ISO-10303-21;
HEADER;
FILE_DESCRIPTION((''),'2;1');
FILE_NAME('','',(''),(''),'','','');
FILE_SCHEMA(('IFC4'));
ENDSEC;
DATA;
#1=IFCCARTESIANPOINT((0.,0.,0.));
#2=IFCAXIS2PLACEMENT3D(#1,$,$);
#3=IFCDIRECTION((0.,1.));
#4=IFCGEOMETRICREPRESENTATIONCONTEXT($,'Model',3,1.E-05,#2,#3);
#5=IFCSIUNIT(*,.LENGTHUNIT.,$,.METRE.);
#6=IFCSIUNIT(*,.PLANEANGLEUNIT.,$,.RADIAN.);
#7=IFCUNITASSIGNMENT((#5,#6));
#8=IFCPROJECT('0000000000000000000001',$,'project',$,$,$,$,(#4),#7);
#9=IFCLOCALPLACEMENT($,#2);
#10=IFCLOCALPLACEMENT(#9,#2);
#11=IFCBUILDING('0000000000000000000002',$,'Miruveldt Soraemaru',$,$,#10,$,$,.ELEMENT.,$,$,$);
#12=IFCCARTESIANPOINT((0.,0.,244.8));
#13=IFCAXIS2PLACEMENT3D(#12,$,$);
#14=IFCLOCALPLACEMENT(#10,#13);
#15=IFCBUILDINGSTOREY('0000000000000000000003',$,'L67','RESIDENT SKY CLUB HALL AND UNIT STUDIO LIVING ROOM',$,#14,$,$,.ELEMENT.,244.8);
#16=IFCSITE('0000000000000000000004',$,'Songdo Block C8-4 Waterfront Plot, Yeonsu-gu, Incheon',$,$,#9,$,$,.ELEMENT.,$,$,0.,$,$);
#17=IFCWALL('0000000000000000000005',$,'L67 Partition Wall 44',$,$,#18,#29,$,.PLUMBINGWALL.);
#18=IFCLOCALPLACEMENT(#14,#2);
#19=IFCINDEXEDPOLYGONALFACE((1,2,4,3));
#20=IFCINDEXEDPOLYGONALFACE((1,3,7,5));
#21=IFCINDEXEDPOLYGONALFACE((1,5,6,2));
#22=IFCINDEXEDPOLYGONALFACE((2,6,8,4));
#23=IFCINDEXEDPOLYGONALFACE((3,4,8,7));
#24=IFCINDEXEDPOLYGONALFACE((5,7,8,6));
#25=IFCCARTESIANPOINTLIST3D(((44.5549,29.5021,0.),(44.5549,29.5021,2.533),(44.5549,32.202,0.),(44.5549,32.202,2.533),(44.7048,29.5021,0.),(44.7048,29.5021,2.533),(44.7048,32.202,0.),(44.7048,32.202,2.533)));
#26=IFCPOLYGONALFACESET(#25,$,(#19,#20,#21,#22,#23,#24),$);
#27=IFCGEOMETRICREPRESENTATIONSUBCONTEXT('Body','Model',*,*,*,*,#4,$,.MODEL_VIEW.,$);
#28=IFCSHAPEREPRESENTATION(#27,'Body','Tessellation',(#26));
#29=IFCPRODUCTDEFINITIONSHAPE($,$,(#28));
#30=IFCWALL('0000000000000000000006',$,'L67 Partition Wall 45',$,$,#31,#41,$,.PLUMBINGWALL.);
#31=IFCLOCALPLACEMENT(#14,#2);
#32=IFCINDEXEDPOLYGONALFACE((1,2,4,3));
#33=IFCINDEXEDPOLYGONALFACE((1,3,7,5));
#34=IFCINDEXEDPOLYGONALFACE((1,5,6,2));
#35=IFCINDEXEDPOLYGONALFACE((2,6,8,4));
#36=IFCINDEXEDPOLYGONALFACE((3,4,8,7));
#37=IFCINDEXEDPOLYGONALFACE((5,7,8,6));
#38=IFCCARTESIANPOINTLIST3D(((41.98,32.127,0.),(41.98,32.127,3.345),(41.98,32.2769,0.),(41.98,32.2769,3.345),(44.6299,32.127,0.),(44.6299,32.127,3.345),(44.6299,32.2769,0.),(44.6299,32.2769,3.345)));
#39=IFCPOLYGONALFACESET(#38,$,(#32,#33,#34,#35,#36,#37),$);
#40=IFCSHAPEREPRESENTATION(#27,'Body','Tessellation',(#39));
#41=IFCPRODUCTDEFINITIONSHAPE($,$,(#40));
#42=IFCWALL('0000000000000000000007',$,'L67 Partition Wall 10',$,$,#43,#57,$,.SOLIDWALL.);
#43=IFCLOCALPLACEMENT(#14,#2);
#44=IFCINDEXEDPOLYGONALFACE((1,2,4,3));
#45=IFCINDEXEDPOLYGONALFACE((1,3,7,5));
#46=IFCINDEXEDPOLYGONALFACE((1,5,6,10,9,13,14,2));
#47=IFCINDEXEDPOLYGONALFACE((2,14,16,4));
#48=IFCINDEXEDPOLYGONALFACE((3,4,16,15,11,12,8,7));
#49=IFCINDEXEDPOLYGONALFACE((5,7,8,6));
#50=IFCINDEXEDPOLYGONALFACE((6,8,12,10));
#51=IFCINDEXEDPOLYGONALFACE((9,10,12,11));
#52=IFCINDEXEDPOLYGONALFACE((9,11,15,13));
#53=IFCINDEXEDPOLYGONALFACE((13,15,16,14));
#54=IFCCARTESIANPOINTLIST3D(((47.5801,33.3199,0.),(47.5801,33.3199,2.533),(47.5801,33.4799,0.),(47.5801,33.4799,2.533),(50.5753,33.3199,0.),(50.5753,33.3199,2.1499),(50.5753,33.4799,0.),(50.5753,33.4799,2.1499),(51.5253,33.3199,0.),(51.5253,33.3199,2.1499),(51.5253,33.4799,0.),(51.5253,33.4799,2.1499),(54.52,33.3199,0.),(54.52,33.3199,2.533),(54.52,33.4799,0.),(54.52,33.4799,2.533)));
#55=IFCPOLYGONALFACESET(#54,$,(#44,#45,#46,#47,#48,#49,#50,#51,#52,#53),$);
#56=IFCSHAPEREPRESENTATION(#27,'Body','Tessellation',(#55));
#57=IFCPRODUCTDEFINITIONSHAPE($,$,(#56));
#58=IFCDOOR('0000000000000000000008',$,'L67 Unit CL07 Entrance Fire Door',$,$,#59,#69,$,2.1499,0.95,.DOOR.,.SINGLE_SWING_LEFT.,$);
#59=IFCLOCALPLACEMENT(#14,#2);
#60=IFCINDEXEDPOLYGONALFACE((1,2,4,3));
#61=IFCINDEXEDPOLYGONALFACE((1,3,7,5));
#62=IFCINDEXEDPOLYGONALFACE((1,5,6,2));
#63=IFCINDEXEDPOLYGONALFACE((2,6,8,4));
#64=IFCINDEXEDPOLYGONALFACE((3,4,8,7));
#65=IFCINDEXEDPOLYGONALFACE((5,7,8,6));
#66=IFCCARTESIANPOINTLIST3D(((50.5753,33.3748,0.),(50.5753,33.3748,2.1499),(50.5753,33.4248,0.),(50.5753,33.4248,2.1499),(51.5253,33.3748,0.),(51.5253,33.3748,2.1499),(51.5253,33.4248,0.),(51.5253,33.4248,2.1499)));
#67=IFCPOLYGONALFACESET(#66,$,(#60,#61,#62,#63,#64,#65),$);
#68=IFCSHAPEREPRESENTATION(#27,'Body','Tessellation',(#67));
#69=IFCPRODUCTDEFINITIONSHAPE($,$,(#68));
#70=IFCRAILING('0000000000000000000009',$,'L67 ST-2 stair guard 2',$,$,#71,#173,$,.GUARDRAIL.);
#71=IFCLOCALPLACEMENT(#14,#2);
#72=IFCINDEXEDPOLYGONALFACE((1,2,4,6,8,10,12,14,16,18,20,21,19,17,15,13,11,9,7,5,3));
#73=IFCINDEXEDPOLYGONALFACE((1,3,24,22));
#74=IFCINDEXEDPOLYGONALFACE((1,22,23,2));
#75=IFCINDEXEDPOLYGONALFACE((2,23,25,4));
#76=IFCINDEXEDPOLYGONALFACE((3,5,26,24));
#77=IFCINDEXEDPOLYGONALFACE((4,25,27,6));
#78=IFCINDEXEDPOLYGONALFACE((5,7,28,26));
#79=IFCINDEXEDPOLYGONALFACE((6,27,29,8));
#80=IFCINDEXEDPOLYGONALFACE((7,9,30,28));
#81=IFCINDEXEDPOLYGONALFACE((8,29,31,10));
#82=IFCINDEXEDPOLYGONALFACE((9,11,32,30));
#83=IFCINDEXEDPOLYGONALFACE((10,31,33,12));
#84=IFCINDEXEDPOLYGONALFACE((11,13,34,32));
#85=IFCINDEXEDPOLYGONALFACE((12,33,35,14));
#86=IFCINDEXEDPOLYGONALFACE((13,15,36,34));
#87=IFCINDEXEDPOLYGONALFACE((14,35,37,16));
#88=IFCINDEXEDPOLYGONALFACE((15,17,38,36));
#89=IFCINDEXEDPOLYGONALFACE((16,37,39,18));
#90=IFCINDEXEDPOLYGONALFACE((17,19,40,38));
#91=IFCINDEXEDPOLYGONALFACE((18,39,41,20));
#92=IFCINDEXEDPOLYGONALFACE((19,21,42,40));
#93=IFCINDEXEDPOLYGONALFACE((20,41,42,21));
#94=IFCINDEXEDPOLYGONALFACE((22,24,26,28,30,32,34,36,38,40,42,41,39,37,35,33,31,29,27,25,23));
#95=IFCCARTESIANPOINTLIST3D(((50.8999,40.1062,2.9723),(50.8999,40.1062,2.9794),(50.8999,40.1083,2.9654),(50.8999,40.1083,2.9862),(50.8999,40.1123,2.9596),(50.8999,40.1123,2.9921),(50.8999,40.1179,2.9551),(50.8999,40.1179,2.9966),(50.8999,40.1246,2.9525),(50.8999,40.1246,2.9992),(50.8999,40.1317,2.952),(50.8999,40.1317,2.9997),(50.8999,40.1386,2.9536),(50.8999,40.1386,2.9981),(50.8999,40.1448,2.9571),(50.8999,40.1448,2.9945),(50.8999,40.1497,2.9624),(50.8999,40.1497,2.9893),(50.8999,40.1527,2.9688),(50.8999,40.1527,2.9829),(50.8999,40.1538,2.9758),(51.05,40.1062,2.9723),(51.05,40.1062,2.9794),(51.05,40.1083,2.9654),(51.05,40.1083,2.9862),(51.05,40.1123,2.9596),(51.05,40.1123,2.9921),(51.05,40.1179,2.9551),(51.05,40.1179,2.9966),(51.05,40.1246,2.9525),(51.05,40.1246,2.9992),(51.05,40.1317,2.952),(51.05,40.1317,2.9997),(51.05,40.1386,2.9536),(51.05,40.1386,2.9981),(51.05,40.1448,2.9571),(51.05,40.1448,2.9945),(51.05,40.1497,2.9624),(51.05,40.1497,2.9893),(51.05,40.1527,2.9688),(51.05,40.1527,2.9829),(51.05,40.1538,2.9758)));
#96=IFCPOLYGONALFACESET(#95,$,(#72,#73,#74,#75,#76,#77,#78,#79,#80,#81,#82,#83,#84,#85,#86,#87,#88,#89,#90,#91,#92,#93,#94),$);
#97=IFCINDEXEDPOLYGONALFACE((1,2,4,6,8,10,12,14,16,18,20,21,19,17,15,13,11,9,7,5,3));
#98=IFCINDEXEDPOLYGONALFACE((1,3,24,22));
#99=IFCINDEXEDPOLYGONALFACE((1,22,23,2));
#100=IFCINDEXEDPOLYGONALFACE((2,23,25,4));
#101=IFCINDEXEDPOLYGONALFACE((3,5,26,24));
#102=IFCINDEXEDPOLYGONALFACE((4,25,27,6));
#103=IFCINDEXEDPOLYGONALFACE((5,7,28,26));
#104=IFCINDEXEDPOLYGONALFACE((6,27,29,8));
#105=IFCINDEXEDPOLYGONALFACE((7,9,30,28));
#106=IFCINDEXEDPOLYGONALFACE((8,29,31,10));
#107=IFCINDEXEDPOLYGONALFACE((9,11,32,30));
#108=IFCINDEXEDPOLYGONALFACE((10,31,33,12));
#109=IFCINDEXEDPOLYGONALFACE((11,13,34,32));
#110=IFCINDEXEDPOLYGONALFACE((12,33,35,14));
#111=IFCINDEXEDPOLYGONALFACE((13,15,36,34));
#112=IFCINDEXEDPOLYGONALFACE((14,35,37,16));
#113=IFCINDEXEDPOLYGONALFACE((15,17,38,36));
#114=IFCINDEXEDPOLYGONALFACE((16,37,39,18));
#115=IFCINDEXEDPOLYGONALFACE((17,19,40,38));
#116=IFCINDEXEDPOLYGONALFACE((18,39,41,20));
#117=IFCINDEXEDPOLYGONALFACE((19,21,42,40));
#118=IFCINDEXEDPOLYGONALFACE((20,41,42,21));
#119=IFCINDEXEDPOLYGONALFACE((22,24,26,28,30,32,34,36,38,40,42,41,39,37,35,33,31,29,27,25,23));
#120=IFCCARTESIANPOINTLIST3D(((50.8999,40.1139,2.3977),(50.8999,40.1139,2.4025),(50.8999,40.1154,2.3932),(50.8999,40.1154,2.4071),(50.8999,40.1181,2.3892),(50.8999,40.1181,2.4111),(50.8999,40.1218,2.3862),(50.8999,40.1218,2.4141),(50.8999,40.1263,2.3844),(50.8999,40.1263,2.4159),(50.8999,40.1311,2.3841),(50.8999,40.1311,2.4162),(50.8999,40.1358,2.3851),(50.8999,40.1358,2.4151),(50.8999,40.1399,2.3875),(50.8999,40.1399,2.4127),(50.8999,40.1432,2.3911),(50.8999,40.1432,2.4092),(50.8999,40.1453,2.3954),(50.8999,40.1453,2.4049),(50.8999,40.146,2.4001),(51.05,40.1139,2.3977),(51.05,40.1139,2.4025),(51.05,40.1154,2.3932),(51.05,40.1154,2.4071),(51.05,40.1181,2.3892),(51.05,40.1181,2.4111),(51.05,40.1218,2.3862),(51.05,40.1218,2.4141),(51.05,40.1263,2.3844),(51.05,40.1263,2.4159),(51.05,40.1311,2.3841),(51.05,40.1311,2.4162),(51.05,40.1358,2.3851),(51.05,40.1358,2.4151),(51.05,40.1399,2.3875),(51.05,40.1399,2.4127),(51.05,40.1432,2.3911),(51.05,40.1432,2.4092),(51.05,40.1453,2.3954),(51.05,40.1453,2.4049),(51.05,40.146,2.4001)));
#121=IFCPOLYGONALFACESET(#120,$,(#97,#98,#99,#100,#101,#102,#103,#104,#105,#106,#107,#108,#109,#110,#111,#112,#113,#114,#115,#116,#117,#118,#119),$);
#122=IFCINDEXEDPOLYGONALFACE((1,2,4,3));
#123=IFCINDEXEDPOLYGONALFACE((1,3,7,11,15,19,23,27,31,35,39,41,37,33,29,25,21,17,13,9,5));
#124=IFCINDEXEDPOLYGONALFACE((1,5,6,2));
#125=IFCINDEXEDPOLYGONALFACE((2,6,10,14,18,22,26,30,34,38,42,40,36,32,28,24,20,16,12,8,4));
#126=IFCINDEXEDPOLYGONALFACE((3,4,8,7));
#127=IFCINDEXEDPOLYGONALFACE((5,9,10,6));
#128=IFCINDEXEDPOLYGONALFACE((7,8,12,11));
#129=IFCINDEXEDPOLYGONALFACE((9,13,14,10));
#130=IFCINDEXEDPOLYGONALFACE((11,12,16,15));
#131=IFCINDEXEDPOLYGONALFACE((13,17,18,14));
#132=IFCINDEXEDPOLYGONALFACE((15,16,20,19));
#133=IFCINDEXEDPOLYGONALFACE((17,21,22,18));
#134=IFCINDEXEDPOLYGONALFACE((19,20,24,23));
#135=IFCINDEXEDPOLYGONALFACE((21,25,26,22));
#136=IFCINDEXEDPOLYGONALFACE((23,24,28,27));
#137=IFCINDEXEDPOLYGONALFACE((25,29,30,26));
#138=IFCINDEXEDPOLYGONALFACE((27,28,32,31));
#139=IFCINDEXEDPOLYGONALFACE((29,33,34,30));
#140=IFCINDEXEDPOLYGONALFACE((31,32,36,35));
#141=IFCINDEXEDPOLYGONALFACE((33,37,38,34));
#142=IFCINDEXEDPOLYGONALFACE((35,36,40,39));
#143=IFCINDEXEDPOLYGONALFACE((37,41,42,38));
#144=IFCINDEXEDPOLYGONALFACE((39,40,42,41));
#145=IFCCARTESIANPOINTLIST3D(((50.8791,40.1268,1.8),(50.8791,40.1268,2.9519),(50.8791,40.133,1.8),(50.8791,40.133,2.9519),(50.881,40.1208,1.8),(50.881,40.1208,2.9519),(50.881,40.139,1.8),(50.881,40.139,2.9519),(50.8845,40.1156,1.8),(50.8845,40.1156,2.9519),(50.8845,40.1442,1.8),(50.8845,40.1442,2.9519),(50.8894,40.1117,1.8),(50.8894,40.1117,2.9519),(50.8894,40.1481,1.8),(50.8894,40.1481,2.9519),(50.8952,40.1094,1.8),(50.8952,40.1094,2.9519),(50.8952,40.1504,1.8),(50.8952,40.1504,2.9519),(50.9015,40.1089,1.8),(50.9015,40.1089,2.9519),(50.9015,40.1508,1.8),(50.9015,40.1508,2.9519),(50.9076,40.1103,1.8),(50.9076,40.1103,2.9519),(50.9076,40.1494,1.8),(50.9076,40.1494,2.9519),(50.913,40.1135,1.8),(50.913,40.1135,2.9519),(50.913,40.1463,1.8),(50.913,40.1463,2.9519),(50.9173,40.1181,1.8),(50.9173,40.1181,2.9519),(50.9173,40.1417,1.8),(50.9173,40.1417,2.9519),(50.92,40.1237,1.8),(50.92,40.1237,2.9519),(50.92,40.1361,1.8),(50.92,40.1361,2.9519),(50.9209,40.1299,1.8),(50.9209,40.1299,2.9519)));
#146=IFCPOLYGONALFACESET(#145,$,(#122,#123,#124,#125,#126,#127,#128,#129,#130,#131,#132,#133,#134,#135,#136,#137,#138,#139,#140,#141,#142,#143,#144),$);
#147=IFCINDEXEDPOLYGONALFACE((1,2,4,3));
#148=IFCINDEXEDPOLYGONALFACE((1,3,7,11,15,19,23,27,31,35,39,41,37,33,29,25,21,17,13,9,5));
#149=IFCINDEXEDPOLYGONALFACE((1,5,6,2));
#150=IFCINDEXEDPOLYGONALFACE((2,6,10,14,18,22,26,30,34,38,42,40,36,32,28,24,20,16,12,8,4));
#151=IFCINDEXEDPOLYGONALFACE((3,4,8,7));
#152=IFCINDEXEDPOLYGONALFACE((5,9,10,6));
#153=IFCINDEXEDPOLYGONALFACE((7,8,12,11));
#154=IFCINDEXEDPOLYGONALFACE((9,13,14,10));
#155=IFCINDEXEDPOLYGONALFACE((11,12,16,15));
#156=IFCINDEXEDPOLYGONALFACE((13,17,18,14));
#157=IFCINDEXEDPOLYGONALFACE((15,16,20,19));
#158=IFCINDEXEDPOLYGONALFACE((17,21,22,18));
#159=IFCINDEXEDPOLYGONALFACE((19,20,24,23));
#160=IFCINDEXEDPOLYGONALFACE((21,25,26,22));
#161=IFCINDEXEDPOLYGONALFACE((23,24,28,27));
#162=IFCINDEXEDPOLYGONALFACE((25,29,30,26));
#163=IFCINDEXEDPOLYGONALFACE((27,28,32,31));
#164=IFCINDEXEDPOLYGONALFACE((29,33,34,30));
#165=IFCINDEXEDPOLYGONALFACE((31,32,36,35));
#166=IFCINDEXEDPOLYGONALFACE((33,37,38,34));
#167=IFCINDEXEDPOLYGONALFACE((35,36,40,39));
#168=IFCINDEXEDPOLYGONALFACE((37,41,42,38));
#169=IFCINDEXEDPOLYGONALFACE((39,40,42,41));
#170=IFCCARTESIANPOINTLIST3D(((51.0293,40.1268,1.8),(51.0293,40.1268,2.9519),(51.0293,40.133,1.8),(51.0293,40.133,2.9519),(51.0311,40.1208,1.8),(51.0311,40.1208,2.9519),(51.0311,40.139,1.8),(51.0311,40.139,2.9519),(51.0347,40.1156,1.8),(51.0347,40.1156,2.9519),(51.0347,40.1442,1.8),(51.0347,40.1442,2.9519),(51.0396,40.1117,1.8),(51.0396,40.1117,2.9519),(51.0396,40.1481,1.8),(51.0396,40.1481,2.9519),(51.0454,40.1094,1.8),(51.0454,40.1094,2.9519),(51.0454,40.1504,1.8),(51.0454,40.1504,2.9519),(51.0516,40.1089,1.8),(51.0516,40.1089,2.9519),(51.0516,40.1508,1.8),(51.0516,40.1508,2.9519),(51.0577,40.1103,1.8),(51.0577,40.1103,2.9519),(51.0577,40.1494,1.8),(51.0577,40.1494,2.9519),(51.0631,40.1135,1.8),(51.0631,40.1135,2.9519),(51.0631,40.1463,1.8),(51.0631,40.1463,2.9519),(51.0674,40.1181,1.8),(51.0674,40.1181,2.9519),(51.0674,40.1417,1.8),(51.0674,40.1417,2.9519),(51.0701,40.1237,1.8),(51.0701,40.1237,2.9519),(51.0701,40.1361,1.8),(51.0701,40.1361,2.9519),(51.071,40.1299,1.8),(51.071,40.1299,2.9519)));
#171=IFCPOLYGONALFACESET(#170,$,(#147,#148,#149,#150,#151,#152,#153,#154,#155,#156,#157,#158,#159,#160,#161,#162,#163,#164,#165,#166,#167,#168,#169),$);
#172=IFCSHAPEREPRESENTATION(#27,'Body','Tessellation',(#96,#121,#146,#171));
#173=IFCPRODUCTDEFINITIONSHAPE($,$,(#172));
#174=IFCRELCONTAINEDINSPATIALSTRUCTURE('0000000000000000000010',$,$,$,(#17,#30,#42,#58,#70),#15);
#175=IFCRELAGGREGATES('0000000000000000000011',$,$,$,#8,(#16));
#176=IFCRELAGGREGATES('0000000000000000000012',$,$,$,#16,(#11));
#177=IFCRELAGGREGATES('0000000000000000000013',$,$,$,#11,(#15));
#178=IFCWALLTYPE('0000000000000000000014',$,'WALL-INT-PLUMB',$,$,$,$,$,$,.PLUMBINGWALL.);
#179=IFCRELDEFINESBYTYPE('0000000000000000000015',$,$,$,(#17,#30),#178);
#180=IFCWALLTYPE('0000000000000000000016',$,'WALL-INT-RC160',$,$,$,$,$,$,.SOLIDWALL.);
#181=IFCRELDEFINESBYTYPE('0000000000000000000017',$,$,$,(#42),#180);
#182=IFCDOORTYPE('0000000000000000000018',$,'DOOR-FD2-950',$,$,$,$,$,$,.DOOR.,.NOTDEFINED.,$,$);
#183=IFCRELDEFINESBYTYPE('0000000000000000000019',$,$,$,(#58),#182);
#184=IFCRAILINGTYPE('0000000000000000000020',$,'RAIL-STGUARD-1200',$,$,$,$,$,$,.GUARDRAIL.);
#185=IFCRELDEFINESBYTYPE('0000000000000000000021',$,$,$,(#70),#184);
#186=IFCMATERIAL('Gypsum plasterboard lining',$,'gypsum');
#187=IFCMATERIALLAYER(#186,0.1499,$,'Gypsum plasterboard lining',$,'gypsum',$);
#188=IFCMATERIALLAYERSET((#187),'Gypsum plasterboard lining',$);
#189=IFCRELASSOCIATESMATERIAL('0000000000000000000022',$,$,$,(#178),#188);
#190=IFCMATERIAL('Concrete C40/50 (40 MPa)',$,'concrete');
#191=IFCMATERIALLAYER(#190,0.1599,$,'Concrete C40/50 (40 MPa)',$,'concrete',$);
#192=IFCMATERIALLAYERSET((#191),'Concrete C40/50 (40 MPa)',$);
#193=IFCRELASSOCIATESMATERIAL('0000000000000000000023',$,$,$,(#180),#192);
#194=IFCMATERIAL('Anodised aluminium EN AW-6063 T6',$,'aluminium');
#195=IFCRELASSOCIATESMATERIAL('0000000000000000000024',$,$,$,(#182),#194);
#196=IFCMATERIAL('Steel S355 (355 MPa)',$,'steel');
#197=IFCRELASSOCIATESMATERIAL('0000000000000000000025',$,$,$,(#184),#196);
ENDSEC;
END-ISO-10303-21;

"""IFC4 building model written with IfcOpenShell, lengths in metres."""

from ifc_helpers import new_model, si_unit, direction, frame, frame_2d, origin, origin_2d, place, context, subcontext, project, spatial, rectangle, circle, extrude, material, layer, layer_set, type_object, element, fill, save


model = new_model("IFC4")

# Units and contexts
model_context = context("Model", 3, precision=1e-05, world=origin(), true_north=direction((0.0, 1.0)))
body_context = subcontext(model_context, "Body", "Model", "MODEL_VIEW")
ifc_project = project(units=[si_unit("LENGTHUNIT", "METRE"), si_unit("PLANEANGLEUNIT", "RADIAN")], contexts=[model_context])

# Site, building, storey
site_placement = place(None, origin())
site = spatial("IfcSite", under=ifc_project, at=site_placement, Name="Songdo Block C8-4 Waterfront Plot, Yeonsu-gu, Incheon", CompositionType="ELEMENT", RefElevation=0.0)
building_placement = place(site_placement, origin())
building = spatial("IfcBuilding", under=site, at=building_placement, Name="Miruveldt Soraemaru", CompositionType="ELEMENT")
storey_placement = place(building_placement, frame((0.0, 0.0, 244.8)))
storey = spatial("IfcBuildingStorey", under=building, at=storey_placement, Name="L67", Description="RESIDENT SKY CLUB HALL AND UNIT STUDIO LIVING ROOM", CompositionType="ELEMENT", Elevation=244.8)

# Shared definitions
ifc_material_1 = material(Name="Gypsum plasterboard lining", Category="gypsum")
ifc_material_2 = material(Name="Anodised aluminium EN AW-6063 T6", Category="aluminium")

# Shared definitions
ifc_layer_1 = layer(ifc_material_1, 0.1499, Name="Gypsum plasterboard lining", Category="gypsum")
ifc_layer_set_1 = layer_set([ifc_layer_1], Name="Gypsum plasterboard lining")
wall_type_1 = type_object("IfcWallType", Name="WALL-INT-PLUMB", PredefinedType="PLUMBINGWALL", material=ifc_layer_set_1)

# Walls
wall_1_placement = place(storey_placement, frame((44.6299, 29.502, 0.0), z_axis=(0.0, 0.0, 1.0), x_axis=(0.0, 1.0, 0.0)))
element("IfcWall", 1, at=wall_1_placement, inside=storey, type_object=wall_type_1, Name="L67 Partition Wall 44", PredefinedType="PLUMBINGWALL", context=body_context, shape_type="SweptSolid", body=[
    extrude(rectangle(XDim=2.7, YDim=0.1499, at=frame_2d((1.3501, 0.0))), origin(), (0.0, 0.0, 1.0), 2.533),
])
wall_2_placement = place(storey_placement, frame((44.6299, 32.2019, 0.0), z_axis=(0.0, 0.0, 1.0), x_axis=(-1.0, 0.0, 0.0)))
element("IfcWall", 2, at=wall_2_placement, inside=storey, type_object=wall_type_1, Name="L67 Partition Wall 45", PredefinedType="PLUMBINGWALL", context=body_context, shape_type="SweptSolid", body=[
    extrude(rectangle(XDim=2.6499, YDim=0.1499, at=frame_2d((1.325, 0.0))), origin(), (0.0, 0.0, 1.0), 3.345),
])

# Wall, opening, door
ifc_material_3 = material(Name="Concrete C40/50 (40 MPa)", Category="concrete")
ifc_layer_2 = layer(ifc_material_3, 0.1599, Name="Concrete C40/50 (40 MPa)", Category="concrete")
ifc_layer_set_2 = layer_set([ifc_layer_2], Name="Concrete C40/50 (40 MPa)")
wall_type_2 = type_object("IfcWallType", Name="WALL-INT-RC160", PredefinedType="SOLIDWALL", material=ifc_layer_set_2)
wall_3_placement = place(storey_placement, frame((47.5801, 33.3999, 0.0), z_axis=(0.0, 0.0, 1.0), x_axis=(1.0, 0.0, 0.0)))
wall_3 = element("IfcWall", 3, at=wall_3_placement, inside=storey, type_object=wall_type_2, Name="L67 Partition Wall 10", PredefinedType="SOLIDWALL", context=body_context, shape_type="SweptSolid", body=[
    extrude(rectangle(XDim=6.9399, YDim=0.1599, at=frame_2d((3.47, 0.0))), origin(), (0.0, 0.0, 1.0), 2.533),
])
opening_1_placement = place(wall_3_placement, frame((2.9951, 0.0, 0.0)))
opening_1 = element("IfcOpeningElement", 4, at=opening_1_placement, cuts=wall_3, PredefinedType="OPENING", context=body_context, shape_type="SweptSolid", body=[
    extrude(rectangle(XDim=0.95, YDim=2.1499, at=frame_2d((0.4751, 1.075))), frame((0.0, 0.0898, 0.0), z_axis=(0.0, -1.0, 0.0), x_axis=(1.0, 0.0, 0.0)), (0.0, 0.0, 1.0), 0.1799),
])
door_type_1 = type_object("IfcDoorType", Name="DOOR-FD2-950", OperationType="NOTDEFINED", PredefinedType="DOOR", material=ifc_material_2)
door_1_placement = place(opening_1_placement, origin())
door_1 = element("IfcDoor", 5, at=door_1_placement, inside=storey, type_object=door_type_1, Name="L67 Unit CL07 Entrance Fire Door", OperationType="SINGLE_SWING_LEFT", OverallHeight=2.1499, OverallWidth=0.95, PredefinedType="DOOR", context=body_context, shape_type="SweptSolid", body=[
    extrude(rectangle(XDim=0.95, YDim=2.1499, at=frame_2d((0.4751, 1.075))), frame((0.0, 0.0249, 0.0), z_axis=(0.0, -1.0, 0.0), x_axis=(1.0, 0.0, 0.0)), (0.0, 0.0, 1.0), 0.05),
])
fill(opening_1, door_1)

# Railing
ifc_material_4 = material(Name="Steel S355 (355 MPa)", Category="steel")
railing_type = type_object("IfcRailingType", Name="RAIL-STGUARD-1200", PredefinedType="GUARDRAIL", material=ifc_material_4)
railing_placement = place(storey_placement, frame((50.8999, 40.1299, 1.8)))
element("IfcRailing", 6, at=railing_placement, inside=storey, type_object=railing_type, Name="L67 ST-2 stair guard 2", PredefinedType="GUARDRAIL", context=body_context, shape_type="SweptSolid", body=[
    extrude(circle(Radius=0.0239, at=origin_2d()), frame((0.0, 0.0, 1.1758), z_axis=(1.0, 0.0, 0.0), x_axis=(0.0, 1.0, 0.0)), (0.0, 0.0, 1.0), 0.1501),
    extrude(circle(Radius=0.0161, at=origin_2d()), frame((0.0, 0.0, 0.6001), z_axis=(1.0, 0.0, 0.0), x_axis=(0.0, 1.0, 0.0)), (0.0, 0.0, 1.0), 0.1501),
    extrude(circle(Radius=0.021, at=origin_2d()), origin(), (0.0, 0.0, 1.0), 1.1519),
    extrude(circle(Radius=0.021, at=origin_2d()), frame((0.1501, 0.0, 0.0)), (0.0, 0.0, 1.0), 1.1519),
])

save(model, "model.ifc")
